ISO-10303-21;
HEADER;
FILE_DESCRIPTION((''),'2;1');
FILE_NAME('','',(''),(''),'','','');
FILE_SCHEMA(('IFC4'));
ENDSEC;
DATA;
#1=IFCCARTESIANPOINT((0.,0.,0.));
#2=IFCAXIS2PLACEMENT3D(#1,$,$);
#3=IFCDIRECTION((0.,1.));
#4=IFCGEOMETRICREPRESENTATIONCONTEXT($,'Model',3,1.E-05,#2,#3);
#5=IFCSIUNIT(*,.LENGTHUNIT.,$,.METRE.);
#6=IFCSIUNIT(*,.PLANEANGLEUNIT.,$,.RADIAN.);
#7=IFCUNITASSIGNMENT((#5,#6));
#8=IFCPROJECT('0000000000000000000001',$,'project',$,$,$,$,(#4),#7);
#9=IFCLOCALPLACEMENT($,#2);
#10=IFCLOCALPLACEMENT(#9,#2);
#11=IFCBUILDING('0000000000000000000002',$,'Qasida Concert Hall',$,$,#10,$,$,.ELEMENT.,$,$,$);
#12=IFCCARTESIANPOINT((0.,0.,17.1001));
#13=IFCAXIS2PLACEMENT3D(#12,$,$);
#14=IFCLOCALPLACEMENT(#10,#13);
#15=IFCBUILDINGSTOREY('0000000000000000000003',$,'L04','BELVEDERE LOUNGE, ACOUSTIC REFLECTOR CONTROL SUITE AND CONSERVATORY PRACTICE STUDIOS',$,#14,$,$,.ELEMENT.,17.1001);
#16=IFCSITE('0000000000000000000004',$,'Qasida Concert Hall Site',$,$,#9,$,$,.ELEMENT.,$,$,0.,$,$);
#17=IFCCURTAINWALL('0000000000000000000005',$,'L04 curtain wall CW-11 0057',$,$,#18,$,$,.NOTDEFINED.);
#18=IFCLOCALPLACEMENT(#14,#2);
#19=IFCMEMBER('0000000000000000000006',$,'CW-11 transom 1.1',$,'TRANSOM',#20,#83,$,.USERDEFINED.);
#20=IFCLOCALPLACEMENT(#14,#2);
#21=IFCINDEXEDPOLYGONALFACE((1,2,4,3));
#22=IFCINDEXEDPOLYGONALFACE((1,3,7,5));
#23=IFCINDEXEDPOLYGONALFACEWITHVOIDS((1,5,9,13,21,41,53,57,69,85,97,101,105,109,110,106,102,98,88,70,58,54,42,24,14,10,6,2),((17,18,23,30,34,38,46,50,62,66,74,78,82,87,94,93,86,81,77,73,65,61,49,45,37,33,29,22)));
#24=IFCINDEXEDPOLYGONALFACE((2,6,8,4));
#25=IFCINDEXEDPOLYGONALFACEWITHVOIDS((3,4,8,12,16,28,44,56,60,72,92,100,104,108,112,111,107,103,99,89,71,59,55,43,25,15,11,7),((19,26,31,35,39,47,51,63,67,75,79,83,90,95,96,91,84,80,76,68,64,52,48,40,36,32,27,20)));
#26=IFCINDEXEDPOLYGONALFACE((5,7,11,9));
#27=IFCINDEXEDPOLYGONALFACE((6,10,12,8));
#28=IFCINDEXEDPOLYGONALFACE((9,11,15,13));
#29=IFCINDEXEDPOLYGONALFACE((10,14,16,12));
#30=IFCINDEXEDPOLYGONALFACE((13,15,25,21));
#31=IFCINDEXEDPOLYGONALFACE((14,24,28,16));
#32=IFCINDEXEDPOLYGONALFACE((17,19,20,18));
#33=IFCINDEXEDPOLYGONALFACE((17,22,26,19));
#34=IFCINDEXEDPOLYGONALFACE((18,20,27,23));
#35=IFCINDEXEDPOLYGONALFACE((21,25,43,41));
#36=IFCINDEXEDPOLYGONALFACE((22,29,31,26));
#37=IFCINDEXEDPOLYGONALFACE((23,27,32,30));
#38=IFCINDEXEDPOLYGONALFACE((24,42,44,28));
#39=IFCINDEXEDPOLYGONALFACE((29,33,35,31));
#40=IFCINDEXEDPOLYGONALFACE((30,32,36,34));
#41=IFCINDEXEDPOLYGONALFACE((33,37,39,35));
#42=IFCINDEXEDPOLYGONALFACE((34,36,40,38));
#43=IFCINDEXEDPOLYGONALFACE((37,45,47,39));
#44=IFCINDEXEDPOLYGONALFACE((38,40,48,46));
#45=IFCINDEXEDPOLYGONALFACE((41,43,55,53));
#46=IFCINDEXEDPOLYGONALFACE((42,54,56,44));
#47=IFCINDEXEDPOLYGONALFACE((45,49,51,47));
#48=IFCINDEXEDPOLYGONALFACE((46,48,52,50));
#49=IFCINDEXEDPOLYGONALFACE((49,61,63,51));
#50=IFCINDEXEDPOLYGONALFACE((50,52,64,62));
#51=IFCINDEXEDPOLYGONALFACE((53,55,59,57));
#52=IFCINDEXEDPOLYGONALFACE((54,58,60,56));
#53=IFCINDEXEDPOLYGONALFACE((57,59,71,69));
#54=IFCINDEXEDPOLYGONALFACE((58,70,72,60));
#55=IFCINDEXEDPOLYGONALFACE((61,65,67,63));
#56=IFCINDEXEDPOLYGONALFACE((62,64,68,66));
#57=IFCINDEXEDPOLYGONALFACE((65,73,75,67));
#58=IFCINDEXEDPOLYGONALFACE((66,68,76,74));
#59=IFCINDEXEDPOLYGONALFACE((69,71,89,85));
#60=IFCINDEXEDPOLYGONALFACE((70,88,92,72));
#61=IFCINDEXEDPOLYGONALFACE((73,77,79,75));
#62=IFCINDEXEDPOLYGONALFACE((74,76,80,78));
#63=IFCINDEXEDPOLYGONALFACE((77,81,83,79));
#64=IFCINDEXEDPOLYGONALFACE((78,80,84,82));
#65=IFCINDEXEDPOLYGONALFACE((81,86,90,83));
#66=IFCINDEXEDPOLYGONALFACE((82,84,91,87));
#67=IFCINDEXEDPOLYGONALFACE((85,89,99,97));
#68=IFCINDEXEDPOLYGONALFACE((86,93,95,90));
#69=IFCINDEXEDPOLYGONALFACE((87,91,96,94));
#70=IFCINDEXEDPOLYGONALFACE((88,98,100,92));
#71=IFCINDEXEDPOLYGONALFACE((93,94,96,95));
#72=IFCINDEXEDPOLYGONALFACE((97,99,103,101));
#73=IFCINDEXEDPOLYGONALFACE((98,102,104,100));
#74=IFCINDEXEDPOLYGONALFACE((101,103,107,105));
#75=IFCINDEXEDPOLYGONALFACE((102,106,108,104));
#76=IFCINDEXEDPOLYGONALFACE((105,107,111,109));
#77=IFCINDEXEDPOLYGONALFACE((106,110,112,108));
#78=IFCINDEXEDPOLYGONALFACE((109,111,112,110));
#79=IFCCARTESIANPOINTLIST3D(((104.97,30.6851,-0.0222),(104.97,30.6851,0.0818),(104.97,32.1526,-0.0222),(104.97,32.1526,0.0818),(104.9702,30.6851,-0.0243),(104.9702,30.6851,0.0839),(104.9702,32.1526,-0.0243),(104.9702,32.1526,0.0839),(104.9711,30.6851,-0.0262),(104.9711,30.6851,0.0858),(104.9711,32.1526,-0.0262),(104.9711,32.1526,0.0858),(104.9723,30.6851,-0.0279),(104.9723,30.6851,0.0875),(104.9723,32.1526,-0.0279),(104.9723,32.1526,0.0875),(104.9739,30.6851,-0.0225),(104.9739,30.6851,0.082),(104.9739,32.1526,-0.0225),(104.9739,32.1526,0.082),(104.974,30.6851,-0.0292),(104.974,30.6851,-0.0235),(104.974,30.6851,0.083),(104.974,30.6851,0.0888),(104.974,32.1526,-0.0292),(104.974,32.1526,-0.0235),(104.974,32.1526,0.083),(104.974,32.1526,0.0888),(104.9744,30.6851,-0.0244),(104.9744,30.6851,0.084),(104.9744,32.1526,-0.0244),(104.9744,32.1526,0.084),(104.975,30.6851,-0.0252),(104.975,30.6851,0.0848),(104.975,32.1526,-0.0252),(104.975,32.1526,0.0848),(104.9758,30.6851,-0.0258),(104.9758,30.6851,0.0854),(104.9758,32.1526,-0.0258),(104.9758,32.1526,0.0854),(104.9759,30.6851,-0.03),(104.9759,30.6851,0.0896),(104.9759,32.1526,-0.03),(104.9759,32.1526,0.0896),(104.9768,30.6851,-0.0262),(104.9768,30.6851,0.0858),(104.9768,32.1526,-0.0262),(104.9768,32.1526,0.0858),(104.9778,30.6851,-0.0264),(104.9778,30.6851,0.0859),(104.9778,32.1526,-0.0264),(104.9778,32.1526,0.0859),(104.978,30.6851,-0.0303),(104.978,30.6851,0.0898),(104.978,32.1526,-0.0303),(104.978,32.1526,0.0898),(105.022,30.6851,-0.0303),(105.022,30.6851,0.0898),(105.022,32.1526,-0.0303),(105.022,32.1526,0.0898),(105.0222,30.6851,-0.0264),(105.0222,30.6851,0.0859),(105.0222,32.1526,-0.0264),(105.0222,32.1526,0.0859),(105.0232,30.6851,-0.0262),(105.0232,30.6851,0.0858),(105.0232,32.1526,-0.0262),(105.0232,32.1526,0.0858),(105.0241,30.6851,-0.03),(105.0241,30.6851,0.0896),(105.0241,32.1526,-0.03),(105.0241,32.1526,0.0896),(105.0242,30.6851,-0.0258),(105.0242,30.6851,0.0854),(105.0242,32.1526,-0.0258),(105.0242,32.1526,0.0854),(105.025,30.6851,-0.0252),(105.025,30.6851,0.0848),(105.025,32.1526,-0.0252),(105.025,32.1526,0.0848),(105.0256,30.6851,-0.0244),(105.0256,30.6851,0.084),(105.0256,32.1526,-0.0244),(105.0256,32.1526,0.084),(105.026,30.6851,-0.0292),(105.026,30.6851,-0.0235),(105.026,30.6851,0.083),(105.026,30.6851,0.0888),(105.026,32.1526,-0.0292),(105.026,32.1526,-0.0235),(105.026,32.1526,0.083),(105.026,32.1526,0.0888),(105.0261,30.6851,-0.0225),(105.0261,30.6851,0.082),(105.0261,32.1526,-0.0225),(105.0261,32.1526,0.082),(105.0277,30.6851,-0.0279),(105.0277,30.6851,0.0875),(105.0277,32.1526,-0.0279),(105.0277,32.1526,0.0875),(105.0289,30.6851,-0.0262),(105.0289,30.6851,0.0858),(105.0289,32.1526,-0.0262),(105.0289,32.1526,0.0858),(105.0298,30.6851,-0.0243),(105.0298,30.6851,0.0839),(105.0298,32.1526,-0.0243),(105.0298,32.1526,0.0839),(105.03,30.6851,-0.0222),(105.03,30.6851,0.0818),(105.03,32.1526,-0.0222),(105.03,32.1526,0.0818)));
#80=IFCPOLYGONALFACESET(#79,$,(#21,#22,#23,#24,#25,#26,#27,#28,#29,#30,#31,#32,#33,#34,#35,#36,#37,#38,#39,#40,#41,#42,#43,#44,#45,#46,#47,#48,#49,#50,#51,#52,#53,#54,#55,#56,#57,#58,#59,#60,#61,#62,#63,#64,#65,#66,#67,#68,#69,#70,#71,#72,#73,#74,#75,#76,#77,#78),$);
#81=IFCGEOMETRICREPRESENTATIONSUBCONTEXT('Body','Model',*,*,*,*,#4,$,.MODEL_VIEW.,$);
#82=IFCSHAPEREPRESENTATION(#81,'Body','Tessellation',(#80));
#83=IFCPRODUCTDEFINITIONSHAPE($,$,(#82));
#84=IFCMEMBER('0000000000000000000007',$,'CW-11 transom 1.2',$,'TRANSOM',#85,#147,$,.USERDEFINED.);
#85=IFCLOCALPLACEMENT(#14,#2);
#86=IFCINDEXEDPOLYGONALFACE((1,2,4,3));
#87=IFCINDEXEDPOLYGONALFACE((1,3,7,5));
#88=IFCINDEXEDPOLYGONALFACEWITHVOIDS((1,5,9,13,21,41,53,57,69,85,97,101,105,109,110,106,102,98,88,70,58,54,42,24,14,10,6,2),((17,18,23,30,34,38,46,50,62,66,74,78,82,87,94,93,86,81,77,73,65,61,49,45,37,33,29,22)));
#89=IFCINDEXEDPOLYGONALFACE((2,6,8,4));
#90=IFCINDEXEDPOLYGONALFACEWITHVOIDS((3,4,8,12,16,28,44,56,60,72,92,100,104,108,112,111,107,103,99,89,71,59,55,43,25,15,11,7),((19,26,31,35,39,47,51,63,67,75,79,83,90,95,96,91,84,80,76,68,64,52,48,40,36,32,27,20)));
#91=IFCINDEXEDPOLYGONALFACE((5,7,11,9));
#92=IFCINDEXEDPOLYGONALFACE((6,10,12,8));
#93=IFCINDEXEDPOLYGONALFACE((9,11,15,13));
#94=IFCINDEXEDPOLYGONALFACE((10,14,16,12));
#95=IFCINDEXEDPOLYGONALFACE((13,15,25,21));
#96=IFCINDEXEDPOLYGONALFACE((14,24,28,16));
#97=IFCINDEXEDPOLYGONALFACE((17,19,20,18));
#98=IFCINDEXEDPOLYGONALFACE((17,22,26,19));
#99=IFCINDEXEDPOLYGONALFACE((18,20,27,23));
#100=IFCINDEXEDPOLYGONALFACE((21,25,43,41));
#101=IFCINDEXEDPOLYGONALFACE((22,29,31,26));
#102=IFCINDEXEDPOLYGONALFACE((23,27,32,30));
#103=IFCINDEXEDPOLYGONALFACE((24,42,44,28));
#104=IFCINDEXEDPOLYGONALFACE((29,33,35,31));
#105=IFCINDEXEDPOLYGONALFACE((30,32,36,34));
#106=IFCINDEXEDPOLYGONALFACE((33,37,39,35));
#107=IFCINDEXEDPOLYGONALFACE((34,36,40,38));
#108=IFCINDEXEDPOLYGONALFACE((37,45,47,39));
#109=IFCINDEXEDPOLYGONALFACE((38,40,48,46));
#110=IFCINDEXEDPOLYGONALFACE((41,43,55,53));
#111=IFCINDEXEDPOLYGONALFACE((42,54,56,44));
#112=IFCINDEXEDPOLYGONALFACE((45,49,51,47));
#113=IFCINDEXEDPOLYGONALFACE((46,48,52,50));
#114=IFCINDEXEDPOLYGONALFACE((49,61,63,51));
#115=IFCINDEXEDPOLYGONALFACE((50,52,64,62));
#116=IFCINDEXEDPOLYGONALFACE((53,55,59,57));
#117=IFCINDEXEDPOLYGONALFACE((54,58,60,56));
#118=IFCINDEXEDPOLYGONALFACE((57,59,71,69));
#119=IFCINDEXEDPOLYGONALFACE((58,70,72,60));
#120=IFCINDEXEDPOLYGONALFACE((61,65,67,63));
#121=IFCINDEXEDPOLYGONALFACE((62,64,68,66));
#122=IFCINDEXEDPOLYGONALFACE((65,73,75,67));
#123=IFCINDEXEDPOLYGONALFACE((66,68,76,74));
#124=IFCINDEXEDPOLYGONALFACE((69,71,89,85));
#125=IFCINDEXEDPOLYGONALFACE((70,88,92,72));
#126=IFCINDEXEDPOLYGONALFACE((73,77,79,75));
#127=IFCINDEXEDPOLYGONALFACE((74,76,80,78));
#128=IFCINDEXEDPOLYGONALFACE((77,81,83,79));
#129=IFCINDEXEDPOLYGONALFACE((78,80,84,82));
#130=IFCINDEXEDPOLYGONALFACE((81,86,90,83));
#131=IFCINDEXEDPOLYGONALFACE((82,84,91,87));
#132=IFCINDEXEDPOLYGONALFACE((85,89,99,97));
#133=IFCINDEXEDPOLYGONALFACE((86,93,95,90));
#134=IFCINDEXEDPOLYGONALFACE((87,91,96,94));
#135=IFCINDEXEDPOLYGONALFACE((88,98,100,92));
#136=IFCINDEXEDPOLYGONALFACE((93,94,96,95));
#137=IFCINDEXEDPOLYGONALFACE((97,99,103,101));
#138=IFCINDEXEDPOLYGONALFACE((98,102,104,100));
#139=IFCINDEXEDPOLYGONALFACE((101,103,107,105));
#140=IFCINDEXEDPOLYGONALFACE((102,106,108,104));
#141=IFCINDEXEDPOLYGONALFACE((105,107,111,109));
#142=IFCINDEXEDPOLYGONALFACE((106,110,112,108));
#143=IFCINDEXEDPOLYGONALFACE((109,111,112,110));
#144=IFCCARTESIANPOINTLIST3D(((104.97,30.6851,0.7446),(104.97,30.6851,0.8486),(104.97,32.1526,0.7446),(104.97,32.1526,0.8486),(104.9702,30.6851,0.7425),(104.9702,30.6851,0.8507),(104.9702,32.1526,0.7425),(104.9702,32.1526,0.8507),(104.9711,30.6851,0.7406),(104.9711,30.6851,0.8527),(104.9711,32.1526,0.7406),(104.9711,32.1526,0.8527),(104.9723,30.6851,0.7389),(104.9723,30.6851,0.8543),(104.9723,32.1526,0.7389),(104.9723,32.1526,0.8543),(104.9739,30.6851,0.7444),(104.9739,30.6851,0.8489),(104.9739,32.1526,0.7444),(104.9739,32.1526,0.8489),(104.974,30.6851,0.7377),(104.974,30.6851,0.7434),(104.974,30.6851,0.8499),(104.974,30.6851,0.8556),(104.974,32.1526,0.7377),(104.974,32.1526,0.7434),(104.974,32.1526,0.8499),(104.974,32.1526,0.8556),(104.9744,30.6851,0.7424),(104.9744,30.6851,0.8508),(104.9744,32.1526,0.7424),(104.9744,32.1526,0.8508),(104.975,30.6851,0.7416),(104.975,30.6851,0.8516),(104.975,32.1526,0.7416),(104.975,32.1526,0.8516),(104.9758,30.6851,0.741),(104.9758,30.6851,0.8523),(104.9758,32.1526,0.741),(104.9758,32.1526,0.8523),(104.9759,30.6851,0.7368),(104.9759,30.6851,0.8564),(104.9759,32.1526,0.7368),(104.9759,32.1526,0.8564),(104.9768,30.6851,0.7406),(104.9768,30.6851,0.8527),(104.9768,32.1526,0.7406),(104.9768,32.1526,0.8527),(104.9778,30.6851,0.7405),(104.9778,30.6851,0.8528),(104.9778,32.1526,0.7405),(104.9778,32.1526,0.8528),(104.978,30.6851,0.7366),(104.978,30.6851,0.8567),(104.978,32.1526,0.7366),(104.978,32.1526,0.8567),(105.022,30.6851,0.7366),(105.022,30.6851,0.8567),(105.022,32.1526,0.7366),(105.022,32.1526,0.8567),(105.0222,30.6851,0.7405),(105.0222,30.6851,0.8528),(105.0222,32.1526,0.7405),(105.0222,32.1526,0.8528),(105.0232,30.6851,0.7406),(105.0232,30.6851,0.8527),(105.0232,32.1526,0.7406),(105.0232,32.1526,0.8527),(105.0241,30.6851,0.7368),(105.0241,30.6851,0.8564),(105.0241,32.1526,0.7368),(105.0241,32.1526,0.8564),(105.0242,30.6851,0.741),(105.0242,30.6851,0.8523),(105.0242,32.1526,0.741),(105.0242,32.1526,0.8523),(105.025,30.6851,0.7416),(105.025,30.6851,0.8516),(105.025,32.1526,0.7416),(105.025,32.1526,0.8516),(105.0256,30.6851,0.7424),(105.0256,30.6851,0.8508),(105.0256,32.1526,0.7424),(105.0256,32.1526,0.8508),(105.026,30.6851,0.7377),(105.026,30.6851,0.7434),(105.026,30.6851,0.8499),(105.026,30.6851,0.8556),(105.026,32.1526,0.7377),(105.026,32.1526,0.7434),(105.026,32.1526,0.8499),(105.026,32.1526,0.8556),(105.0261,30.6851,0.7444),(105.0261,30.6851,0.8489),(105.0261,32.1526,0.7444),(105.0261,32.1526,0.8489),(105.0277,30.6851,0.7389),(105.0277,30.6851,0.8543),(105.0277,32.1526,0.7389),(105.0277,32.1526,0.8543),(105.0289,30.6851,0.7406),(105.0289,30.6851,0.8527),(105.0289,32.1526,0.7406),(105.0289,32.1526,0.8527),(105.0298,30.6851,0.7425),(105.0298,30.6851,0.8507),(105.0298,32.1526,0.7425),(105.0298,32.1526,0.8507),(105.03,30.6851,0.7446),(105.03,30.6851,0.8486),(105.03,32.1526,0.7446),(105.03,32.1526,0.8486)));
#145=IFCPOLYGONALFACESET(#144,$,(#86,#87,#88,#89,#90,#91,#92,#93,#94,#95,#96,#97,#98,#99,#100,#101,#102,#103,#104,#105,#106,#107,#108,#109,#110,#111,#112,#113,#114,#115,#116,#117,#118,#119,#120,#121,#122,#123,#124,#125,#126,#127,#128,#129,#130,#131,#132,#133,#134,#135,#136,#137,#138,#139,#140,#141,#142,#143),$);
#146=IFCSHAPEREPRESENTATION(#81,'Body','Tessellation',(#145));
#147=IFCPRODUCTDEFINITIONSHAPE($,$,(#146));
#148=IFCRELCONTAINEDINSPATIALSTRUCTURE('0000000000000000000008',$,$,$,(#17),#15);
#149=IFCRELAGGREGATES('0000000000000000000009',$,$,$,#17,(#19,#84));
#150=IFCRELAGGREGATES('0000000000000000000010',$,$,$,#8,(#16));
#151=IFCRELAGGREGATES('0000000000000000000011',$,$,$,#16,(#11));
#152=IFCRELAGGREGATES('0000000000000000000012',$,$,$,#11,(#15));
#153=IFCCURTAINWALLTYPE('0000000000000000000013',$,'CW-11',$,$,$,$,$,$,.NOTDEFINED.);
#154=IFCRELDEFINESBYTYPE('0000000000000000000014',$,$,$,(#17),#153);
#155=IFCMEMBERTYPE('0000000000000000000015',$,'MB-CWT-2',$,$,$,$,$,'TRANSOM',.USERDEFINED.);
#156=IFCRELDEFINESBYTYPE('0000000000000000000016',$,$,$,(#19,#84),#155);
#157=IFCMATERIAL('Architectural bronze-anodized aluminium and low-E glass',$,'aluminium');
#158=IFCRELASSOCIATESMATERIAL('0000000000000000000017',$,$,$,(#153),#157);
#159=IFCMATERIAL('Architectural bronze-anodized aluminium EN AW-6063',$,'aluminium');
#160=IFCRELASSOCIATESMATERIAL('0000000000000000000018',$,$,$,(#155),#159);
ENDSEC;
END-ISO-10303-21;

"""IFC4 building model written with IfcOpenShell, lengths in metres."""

from ifc_helpers import new_model, si_unit, direction, frame, origin, origin_2d, place, context, subcontext, project, spatial, hollow_rectangle, extrude, material, material_profile, profile_set, type_object, element, aggregate, save


model = new_model("IFC4")

# Units and contexts
model_context = context("Model", 3, precision=1e-05, world=origin(), true_north=direction((0.0, 1.0)))
body_context = subcontext(model_context, "Body", "Model", "MODEL_VIEW")
ifc_project = project(units=[si_unit("LENGTHUNIT", "METRE"), si_unit("PLANEANGLEUNIT", "RADIAN")], contexts=[model_context])

# Site, building, storey
site_placement = place(None, origin())
site = spatial("IfcSite", under=ifc_project, at=site_placement, Name="Qasida Concert Hall Site", CompositionType="ELEMENT", RefElevation=0.0)
building_placement = place(site_placement, origin())
building = spatial("IfcBuilding", under=site, at=building_placement, Name="Qasida Concert Hall", CompositionType="ELEMENT")
storey_placement = place(building_placement, frame((0.0, 0.0, 17.1001)))
storey = spatial("IfcBuildingStorey", under=building, at=storey_placement, Name="L04", Description="BELVEDERE LOUNGE, ACOUSTIC REFLECTOR CONTROL SUITE AND CONSERVATORY PRACTICE STUDIOS", CompositionType="ELEMENT", Elevation=17.1001)

# Curtain wall, members
ifc_material_1 = material(Name="Architectural bronze-anodized aluminium and low-E glass", Category="aluminium")
curtain_wall_type = type_object("IfcCurtainWallType", Name="CW-11", PredefinedType="NOTDEFINED", material=ifc_material_1)
curtain_wall_placement = place(storey_placement, origin())
curtain_wall = element("IfcCurtainWall", 1, at=curtain_wall_placement, inside=storey, type_object=curtain_wall_type, Name="L04 curtain wall CW-11 0057", PredefinedType="NOTDEFINED")
ifc_material_2 = material(Name="Architectural bronze-anodized aluminium EN AW-6063", Category="aluminium")
ifc_material_profile_1 = material_profile(ifc_material_2, hollow_rectangle(XDim=0.0601, YDim=0.1201, WallThickness=0.0039, InnerFilletRadius=0.0039, OuterFilletRadius=0.0081, at=origin_2d()), Name="CWT 120x60x4")
ifc_profile_set_1 = profile_set([ifc_material_profile_1], Name="Architectural bronze-anodized aluminium EN AW-6063")
member_type_1 = type_object("IfcMemberType", Name="MB-CWT-2", ElementType="TRANSOM", PredefinedType="USERDEFINED", material=ifc_profile_set_1)
member_1_placement = place(storey_placement, frame((105.0, 30.6851, 0.0298), z_axis=(0.0, 1.0, 0.0), x_axis=(-1.0, 0.0, 0.0)))
member_1 = element("IfcMember", 2, at=member_1_placement, type_object=member_type_1, Name="CW-11 transom 1.1", ObjectType="TRANSOM", PredefinedType="USERDEFINED", context=body_context, shape_type="SweptSolid", body=[
    extrude(hollow_rectangle(XDim=0.0601, YDim=0.1201, WallThickness=0.0039, InnerFilletRadius=0.0039, OuterFilletRadius=0.0081, at=origin_2d()), origin(), (0.0, 0.0, 1.0), 1.4675),
])
member_2_placement = place(storey_placement, frame((105.0, 30.6851, 0.7966), z_axis=(0.0, 1.0, 0.0), x_axis=(-1.0, 0.0, 0.0)))
member_2 = element("IfcMember", 3, at=member_2_placement, type_object=member_type_1, Name="CW-11 transom 1.2", ObjectType="TRANSOM", PredefinedType="USERDEFINED", context=body_context, shape_type="SweptSolid", body=[
    extrude(hollow_rectangle(XDim=0.0601, YDim=0.1201, WallThickness=0.0039, InnerFilletRadius=0.0039, OuterFilletRadius=0.0081, at=origin_2d()), origin(), (0.0, 0.0, 1.0), 1.4675),
])
aggregate(curtain_wall, [member_1, member_2])

save(model, "model.ifc")
